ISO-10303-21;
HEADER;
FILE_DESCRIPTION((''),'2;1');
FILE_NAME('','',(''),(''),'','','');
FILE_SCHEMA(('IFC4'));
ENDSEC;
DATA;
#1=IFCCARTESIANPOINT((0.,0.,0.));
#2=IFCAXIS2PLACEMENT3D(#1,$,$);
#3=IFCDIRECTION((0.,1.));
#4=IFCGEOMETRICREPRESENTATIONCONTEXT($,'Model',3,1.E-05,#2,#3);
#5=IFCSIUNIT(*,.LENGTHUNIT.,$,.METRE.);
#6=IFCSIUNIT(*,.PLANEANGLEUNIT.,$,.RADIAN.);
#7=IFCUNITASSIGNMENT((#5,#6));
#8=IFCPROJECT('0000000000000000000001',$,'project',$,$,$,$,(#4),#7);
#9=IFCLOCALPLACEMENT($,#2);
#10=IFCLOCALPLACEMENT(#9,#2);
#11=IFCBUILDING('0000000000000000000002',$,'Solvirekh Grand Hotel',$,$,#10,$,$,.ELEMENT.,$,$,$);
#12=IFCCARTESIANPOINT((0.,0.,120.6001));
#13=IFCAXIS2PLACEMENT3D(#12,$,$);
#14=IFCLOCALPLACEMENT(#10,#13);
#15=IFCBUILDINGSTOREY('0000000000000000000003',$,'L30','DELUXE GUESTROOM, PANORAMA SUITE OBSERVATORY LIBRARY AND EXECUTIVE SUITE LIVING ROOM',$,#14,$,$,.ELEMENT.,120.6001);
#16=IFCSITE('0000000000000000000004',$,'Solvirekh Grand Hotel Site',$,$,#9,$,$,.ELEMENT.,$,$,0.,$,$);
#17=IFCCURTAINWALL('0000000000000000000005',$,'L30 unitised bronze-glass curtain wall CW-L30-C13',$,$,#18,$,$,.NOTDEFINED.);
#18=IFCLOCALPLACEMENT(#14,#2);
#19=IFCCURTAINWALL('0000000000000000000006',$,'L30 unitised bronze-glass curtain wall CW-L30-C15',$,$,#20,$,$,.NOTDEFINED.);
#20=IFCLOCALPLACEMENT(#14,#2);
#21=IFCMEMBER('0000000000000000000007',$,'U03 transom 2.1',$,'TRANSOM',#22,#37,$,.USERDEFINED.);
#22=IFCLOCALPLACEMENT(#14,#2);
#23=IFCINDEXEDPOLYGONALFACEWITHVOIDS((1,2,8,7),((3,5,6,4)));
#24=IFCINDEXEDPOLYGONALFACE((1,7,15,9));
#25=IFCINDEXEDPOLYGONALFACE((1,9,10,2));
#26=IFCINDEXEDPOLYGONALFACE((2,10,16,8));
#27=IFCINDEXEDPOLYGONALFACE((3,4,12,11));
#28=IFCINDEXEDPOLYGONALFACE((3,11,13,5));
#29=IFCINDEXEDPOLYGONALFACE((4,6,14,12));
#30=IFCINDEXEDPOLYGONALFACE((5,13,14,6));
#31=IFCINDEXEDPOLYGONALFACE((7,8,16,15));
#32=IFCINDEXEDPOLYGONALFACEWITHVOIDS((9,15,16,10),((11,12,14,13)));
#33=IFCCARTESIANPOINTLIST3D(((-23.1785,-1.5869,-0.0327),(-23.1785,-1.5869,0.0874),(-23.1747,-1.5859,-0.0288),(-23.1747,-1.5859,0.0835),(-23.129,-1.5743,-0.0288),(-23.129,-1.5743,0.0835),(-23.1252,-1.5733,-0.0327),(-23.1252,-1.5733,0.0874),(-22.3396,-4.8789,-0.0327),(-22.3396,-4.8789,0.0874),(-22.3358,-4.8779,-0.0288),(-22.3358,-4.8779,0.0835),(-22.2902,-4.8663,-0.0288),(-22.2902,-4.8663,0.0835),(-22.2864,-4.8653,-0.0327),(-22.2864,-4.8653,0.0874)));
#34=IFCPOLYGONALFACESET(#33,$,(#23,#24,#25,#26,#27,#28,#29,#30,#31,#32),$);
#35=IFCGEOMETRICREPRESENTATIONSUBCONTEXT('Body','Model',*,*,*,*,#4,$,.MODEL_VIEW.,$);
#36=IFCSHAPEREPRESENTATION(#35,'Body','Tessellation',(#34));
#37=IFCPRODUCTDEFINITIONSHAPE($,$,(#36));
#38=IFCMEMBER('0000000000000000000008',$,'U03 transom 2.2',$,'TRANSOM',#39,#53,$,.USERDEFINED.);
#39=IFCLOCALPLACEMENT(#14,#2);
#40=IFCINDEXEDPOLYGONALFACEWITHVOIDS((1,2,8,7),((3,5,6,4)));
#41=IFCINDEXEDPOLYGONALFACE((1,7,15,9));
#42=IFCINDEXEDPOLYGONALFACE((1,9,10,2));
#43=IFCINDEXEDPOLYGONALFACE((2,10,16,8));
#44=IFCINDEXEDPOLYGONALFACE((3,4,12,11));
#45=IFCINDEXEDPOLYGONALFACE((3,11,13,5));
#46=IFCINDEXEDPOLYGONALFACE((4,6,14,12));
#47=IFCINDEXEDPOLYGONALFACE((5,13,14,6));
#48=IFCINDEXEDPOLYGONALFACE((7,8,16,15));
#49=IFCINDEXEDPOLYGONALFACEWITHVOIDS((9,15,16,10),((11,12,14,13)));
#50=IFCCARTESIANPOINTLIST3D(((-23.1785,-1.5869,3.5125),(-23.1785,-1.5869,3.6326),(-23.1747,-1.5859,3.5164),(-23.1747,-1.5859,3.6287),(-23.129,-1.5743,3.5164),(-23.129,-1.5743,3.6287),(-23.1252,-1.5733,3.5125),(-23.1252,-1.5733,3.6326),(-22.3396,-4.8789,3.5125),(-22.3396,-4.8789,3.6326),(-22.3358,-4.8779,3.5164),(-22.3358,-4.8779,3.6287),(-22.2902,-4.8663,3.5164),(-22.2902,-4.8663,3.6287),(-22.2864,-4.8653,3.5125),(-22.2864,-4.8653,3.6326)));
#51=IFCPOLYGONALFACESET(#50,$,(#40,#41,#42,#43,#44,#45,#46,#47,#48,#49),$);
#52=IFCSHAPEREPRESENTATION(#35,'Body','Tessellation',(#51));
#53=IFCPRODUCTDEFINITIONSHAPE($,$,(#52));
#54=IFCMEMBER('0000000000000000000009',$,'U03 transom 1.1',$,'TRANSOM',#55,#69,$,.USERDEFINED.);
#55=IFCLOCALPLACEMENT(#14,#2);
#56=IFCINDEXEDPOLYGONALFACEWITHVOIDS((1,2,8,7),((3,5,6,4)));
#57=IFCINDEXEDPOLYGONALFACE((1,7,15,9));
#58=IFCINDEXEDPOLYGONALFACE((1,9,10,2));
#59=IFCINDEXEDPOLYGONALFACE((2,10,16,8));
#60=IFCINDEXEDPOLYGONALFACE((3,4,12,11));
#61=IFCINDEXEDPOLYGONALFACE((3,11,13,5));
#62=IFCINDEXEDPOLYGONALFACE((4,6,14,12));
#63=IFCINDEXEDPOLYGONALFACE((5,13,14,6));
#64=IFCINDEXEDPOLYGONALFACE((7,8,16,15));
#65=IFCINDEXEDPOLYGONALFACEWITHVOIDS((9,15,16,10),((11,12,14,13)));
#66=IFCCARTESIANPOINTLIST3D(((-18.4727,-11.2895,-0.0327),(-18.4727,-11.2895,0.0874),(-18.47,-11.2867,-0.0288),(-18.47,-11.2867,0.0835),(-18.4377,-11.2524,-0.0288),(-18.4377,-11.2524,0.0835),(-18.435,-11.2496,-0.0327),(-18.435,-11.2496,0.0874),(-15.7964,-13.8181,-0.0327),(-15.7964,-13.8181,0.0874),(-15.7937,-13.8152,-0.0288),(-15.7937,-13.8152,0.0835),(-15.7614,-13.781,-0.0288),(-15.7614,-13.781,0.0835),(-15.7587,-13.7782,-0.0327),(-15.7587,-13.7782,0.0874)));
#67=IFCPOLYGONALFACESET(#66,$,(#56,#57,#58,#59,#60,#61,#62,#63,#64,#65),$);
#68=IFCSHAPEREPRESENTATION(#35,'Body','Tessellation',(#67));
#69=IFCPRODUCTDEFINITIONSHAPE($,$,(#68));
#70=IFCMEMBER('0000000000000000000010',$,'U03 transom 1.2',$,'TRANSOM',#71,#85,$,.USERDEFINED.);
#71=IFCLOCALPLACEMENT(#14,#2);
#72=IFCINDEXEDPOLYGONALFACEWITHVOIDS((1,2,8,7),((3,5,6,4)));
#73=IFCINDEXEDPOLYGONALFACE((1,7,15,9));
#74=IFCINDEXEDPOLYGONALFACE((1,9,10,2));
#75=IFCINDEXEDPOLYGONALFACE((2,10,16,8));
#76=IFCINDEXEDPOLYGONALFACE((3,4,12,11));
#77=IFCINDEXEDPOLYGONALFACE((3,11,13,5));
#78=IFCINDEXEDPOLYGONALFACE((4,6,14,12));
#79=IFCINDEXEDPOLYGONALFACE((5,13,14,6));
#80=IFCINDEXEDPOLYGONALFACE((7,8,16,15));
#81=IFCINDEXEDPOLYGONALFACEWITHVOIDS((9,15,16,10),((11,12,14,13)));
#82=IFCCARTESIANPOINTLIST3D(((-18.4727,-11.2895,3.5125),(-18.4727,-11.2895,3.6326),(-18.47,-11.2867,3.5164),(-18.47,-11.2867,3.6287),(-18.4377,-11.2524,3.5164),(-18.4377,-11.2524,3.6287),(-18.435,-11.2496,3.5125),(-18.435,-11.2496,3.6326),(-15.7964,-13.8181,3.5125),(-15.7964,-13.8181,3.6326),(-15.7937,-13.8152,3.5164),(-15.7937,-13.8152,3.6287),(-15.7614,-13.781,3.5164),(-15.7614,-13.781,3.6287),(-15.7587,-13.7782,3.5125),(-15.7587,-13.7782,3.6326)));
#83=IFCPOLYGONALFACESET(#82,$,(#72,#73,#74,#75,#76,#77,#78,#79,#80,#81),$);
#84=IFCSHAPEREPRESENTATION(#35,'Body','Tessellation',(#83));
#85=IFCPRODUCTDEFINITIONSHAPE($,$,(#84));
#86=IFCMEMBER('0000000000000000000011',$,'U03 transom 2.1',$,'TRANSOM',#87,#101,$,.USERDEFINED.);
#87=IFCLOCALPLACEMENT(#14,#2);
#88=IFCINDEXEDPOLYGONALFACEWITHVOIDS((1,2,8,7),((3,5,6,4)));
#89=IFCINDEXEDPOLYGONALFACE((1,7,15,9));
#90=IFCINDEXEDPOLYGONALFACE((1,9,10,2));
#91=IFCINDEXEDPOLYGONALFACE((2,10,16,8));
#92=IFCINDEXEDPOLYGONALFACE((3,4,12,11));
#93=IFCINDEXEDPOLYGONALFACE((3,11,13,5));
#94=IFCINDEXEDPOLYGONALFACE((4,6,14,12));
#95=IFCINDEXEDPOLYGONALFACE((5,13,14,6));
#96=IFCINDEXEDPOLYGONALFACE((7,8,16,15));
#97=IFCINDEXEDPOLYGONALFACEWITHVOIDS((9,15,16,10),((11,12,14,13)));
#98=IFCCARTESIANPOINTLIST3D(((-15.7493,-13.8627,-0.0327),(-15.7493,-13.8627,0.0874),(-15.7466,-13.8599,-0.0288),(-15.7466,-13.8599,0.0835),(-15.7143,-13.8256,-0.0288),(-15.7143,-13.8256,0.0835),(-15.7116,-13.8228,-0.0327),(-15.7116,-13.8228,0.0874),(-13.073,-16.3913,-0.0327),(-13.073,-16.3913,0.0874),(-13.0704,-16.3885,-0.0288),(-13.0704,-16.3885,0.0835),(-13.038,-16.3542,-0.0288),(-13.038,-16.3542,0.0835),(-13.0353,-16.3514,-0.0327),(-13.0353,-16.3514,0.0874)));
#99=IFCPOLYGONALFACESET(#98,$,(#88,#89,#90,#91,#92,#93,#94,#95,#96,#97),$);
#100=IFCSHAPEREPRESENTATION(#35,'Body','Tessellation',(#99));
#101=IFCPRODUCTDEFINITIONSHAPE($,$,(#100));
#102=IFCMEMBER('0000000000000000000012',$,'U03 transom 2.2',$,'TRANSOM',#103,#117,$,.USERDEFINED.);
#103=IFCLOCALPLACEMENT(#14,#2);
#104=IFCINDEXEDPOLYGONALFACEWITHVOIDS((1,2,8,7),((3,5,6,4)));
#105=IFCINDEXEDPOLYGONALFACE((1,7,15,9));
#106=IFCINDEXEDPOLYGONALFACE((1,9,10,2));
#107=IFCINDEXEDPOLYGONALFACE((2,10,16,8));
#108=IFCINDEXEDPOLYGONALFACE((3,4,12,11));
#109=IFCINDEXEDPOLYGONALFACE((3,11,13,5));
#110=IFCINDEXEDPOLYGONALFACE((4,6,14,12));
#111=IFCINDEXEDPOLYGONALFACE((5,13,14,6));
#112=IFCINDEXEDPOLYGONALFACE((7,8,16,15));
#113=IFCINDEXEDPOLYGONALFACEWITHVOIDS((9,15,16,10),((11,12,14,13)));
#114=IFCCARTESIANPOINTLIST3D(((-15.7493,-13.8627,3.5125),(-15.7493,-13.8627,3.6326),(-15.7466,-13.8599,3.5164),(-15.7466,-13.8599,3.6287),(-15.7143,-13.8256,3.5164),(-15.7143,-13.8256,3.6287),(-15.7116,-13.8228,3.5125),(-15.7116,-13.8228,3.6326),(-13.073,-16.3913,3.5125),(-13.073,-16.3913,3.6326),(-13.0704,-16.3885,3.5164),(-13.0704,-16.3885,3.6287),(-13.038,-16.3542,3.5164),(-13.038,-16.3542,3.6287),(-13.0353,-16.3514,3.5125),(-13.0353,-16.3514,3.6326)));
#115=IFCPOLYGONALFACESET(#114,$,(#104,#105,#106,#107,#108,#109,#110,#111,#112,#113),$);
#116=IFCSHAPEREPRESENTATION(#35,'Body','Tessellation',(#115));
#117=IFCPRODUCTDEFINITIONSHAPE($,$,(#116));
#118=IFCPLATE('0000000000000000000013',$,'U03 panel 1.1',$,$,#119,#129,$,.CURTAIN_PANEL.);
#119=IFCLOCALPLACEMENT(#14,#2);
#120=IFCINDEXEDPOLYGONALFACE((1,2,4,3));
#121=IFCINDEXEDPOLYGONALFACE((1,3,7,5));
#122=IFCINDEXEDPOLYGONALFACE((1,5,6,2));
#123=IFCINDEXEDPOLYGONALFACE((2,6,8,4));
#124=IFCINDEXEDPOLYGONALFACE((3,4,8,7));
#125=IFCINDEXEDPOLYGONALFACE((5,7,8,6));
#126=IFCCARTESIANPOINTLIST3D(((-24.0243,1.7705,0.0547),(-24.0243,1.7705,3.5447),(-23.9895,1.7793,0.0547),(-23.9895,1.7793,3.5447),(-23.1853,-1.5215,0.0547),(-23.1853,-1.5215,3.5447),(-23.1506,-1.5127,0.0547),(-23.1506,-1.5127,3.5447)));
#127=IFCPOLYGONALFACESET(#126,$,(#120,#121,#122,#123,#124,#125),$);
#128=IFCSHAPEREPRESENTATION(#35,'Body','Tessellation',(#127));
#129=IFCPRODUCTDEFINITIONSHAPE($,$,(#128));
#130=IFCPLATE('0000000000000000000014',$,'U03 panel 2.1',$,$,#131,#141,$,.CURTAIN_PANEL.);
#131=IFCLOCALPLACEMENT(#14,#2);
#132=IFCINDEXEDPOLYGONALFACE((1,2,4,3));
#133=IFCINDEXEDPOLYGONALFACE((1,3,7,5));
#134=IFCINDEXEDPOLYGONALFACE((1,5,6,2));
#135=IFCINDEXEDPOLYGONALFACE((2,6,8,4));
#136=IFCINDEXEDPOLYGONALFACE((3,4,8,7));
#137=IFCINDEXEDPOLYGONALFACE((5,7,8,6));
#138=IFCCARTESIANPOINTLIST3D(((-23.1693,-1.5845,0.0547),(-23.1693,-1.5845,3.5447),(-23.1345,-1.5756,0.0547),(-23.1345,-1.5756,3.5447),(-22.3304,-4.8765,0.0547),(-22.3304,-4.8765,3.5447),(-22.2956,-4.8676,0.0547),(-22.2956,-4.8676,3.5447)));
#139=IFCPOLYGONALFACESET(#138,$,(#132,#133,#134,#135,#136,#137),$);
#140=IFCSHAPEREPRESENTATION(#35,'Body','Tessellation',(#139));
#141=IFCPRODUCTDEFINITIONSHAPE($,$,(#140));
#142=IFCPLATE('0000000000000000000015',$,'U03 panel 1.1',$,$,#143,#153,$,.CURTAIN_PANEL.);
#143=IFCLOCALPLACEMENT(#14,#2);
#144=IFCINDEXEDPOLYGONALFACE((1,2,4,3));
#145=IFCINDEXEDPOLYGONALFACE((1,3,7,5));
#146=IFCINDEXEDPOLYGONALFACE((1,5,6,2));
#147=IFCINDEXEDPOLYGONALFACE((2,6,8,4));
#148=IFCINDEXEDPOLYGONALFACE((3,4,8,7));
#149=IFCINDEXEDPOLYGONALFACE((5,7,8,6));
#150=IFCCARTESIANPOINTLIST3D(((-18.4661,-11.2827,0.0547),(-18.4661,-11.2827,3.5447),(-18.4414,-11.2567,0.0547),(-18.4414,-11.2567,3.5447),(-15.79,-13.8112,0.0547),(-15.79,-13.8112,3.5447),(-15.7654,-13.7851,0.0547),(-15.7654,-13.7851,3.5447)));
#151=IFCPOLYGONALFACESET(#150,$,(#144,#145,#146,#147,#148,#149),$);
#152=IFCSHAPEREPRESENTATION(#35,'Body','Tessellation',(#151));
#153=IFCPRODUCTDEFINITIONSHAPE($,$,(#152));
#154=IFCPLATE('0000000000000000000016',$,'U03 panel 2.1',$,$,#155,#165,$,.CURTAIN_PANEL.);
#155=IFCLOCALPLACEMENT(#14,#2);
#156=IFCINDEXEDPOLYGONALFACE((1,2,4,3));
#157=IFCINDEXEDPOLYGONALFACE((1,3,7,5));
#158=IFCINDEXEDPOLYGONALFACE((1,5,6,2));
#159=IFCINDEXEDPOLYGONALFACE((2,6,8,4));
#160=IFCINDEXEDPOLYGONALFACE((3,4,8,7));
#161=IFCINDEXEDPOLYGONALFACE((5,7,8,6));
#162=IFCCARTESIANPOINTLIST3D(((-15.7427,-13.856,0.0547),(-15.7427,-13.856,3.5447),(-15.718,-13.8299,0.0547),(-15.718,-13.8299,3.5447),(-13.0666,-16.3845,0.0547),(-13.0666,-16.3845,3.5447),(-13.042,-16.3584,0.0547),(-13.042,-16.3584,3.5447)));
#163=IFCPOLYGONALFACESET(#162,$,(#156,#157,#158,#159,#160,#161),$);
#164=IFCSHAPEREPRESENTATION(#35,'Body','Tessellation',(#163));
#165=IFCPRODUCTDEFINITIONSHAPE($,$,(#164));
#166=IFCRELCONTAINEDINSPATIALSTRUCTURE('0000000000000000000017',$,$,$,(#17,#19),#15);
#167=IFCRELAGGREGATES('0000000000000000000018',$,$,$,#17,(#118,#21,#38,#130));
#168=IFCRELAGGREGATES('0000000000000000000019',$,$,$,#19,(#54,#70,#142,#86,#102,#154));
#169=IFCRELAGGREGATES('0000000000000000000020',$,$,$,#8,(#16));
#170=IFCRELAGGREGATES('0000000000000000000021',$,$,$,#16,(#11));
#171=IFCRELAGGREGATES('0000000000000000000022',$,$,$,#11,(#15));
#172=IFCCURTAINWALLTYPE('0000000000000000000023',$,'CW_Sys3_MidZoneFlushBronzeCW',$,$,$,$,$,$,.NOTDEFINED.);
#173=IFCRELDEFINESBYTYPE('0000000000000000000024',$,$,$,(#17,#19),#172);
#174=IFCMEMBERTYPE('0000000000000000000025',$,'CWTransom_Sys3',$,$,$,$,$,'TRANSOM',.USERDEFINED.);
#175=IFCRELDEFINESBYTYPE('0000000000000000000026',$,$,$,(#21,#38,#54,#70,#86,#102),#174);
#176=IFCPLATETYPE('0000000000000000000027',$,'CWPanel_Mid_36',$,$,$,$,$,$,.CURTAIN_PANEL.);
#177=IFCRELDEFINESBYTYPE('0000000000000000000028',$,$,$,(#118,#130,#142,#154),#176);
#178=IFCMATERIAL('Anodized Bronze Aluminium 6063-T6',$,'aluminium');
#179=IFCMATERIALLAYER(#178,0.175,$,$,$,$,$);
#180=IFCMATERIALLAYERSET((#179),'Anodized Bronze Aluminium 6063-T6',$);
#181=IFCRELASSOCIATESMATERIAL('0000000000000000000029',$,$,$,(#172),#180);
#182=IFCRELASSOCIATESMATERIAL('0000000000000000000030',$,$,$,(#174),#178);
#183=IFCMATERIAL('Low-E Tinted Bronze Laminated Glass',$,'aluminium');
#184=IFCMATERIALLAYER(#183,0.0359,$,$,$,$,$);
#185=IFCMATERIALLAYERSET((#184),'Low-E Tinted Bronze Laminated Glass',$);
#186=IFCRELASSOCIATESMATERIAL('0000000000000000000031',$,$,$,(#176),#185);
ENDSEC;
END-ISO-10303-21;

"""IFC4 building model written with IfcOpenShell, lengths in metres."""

from ifc_helpers import new_model, si_unit, direction, frame, origin, origin_2d, place, context, subcontext, project, spatial, rectangle, hollow_rectangle, extrude, source, transform, mapped, material, layer, layer_set, material_profile, profile_set, type_object, element, aggregate, save


model = new_model("IFC4")

# Units and contexts
model_context = context("Model", 3, precision=1e-05, world=origin(), true_north=direction((0.0, 1.0)))
body_context = subcontext(model_context, "Body", "Model", "MODEL_VIEW")
ifc_project = project(units=[si_unit("LENGTHUNIT", "METRE"), si_unit("PLANEANGLEUNIT", "RADIAN")], contexts=[model_context])

# Site, building, storey
site_placement = place(None, origin())
site = spatial("IfcSite", under=ifc_project, at=site_placement, Name="Solvirekh Grand Hotel Site", CompositionType="ELEMENT", RefElevation=0.0)
building_placement = place(site_placement, origin())
building = spatial("IfcBuilding", under=site, at=building_placement, Name="Solvirekh Grand Hotel", CompositionType="ELEMENT")
storey_placement = place(building_placement, frame((0.0, 0.0, 120.6001)))
storey = spatial("IfcBuildingStorey", under=building, at=storey_placement, Name="L30", Description="DELUXE GUESTROOM, PANORAMA SUITE OBSERVATORY LIBRARY AND EXECUTIVE SUITE LIVING ROOM", CompositionType="ELEMENT", Elevation=120.6001)

# Curtain walls
ifc_material_1 = material(Name="Anodized Bronze Aluminium 6063-T6", Category="aluminium")
ifc_layer_1 = layer(ifc_material_1, 0.175)
ifc_layer_set_1 = layer_set([ifc_layer_1], Name="Anodized Bronze Aluminium 6063-T6")
curtain_wall_type = type_object("IfcCurtainWallType", Name="CW_Sys3_MidZoneFlushBronzeCW", PredefinedType="NOTDEFINED", material=ifc_layer_set_1)
curtain_wall_1_placement = place(storey_placement, origin())
curtain_wall_1 = element("IfcCurtainWall", 1, at=curtain_wall_1_placement, inside=storey, type_object=curtain_wall_type, Name="L30 unitised bronze-glass curtain wall CW-L30-C13", PredefinedType="NOTDEFINED")
curtain_wall_2_placement = place(storey_placement, origin())
curtain_wall_2 = element("IfcCurtainWall", 2, at=curtain_wall_2_placement, inside=storey, type_object=curtain_wall_type, Name="L30 unitised bronze-glass curtain wall CW-L30-C15", PredefinedType="NOTDEFINED")

# Members
ifc_material_profile_1 = material_profile(ifc_material_1, hollow_rectangle(XDim=0.0549, YDim=0.1201, WallThickness=0.0039, at=origin_2d()), Name="ALU RHS 120X55X4")
ifc_profile_set_1 = profile_set([ifc_material_profile_1], Name="Anodized Bronze Aluminium 6063-T6")
member_type_1 = type_object("IfcMemberType", Name="CWTransom_Sys3", ElementType="TRANSOM", PredefinedType="USERDEFINED", material=ifc_profile_set_1)
shared_shape_1 = source(origin(), body_context, "Body", "SweptSolid", [
    extrude(hollow_rectangle(XDim=0.0549, YDim=0.1201, WallThickness=0.0039, at=origin_2d()), origin(), (0.0, 0.0, 1.0), 3.3972),
])
member_1_placement = place(storey_placement, frame((-23.1519, -1.5801, 0.0273), z_axis=(0.24693, -0.969033, 0.0), x_axis=(0.969033, 0.24693, 0.0)))
member_1 = element("IfcMember", 3, at=member_1_placement, type_object=member_type_1, Name="U03 transom 2.1", ObjectType="TRANSOM", PredefinedType="USERDEFINED", context=body_context, shape_type="MappedRepresentation", body=[
    mapped(shared_shape_1, transform((0.0, 0.0, 0.0), x_axis=(1.0, 0.0, 0.0), y_axis=(0.0, 1.0, 0.0), z_axis=(0.0, 0.0, 1.0), scale=1.0)),
])
member_2_placement = place(storey_placement, frame((-23.1519, -1.5801, 3.5725), z_axis=(0.24693, -0.969033, 0.0), x_axis=(0.969033, 0.24693, 0.0)))
member_2 = element("IfcMember", 4, at=member_2_placement, type_object=member_type_1, Name="U03 transom 2.2", ObjectType="TRANSOM", PredefinedType="USERDEFINED", context=body_context, shape_type="MappedRepresentation", body=[
    mapped(shared_shape_1, transform((0.0, 0.0, 0.0), x_axis=(1.0, 0.0, 0.0), y_axis=(0.0, 1.0, 0.0), z_axis=(0.0, 0.0, 1.0), scale=1.0)),
])
shared_shape_2 = source(origin(), body_context, "Body", "SweptSolid", [
    extrude(hollow_rectangle(XDim=0.0549, YDim=0.1201, WallThickness=0.0039, at=origin_2d()), origin(), (0.0, 0.0, 1.0), 3.6819),
])
member_3_placement = place(storey_placement, frame((-18.4539, -11.2695, 0.0273), z_axis=(0.726881, -0.686764, 0.0), x_axis=(0.686764, 0.726881, 0.0)))
member_3 = element("IfcMember", 5, at=member_3_placement, type_object=member_type_1, Name="U03 transom 1.1", ObjectType="TRANSOM", PredefinedType="USERDEFINED", context=body_context, shape_type="MappedRepresentation", body=[
    mapped(shared_shape_2, transform((0.0, 0.0, 0.0), x_axis=(1.0, 0.0, 0.0), y_axis=(0.0, 1.0, 0.0), z_axis=(0.0, 0.0, 1.0), scale=1.0)),
])
member_4_placement = place(storey_placement, frame((-18.4539, -11.2695, 3.5725), z_axis=(0.726881, -0.686764, 0.0), x_axis=(0.686764, 0.726881, 0.0)))
member_4 = element("IfcMember", 6, at=member_4_placement, type_object=member_type_1, Name="U03 transom 1.2", ObjectType="TRANSOM", PredefinedType="USERDEFINED", context=body_context, shape_type="MappedRepresentation", body=[
    mapped(shared_shape_2, transform((0.0, 0.0, 0.0), x_axis=(1.0, 0.0, 0.0), y_axis=(0.0, 1.0, 0.0), z_axis=(0.0, 0.0, 1.0), scale=1.0)),
])
member_5_placement = place(storey_placement, frame((-15.7305, -13.8428, 0.0273), z_axis=(0.726881, -0.686764, 0.0), x_axis=(0.686764, 0.726881, 0.0)))
member_5 = element("IfcMember", 7, at=member_5_placement, type_object=member_type_1, Name="U03 transom 2.1", ObjectType="TRANSOM", PredefinedType="USERDEFINED", context=body_context, shape_type="MappedRepresentation", body=[
    mapped(shared_shape_2, transform((0.0, 0.0, 0.0), x_axis=(1.0, 0.0, 0.0), y_axis=(0.0, 1.0, 0.0), z_axis=(0.0, 0.0, 1.0), scale=1.0)),
])
member_6_placement = place(storey_placement, frame((-15.7305, -13.8428, 3.5725), z_axis=(0.726881, -0.686764, 0.0), x_axis=(0.686764, 0.726881, 0.0)))
member_6 = element("IfcMember", 8, at=member_6_placement, type_object=member_type_1, Name="U03 transom 2.2", ObjectType="TRANSOM", PredefinedType="USERDEFINED", context=body_context, shape_type="MappedRepresentation", body=[
    mapped(shared_shape_2, transform((0.0, 0.0, 0.0), x_axis=(1.0, 0.0, 0.0), y_axis=(0.0, 1.0, 0.0), z_axis=(0.0, 0.0, 1.0), scale=1.0)),
])

# Plates
ifc_material_2 = material(Name="Low-E Tinted Bronze Laminated Glass", Category="aluminium")
ifc_layer_2 = layer(ifc_material_2, 0.0359)
ifc_layer_set_2 = layer_set([ifc_layer_2], Name="Low-E Tinted Bronze Laminated Glass")
plate_type = type_object("IfcPlateType", Name="CWPanel_Mid_36", PredefinedType="CURTAIN_PANEL", material=ifc_layer_set_2)
shared_shape_3 = source(origin(), body_context, "Body", "SweptSolid", [
    extrude(rectangle(XDim=3.3972, YDim=0.0359, at=origin_2d()), origin(), (0.0, 0.0, 1.0), 3.49),
])
plate_1_placement = place(storey_placement, frame((-23.5874, 0.1289, 0.0547), z_axis=(0.0, 0.0, 1.0), x_axis=(0.246943, -0.96903, 0.0)))
plate_1 = element("IfcPlate", 9, at=plate_1_placement, type_object=plate_type, Name="U03 panel 1.1", PredefinedType="CURTAIN_PANEL", context=body_context, shape_type="MappedRepresentation", body=[
    mapped(shared_shape_3, transform((0.0, 0.0, 0.0), x_axis=(1.0, 0.0, 0.0), y_axis=(0.0, 1.0, 0.0), z_axis=(0.0, 0.0, 1.0), scale=1.0)),
])
plate_2_placement = place(storey_placement, frame((-22.7324, -3.2261, 0.0547), z_axis=(0.0, 0.0, 1.0), x_axis=(0.246943, -0.96903, 0.0)))
plate_2 = element("IfcPlate", 10, at=plate_2_placement, type_object=plate_type, Name="U03 panel 2.1", PredefinedType="CURTAIN_PANEL", context=body_context, shape_type="MappedRepresentation", body=[
    mapped(shared_shape_3, transform((0.0, 0.0, 0.0), x_axis=(1.0, 0.0, 0.0), y_axis=(0.0, 1.0, 0.0), z_axis=(0.0, 0.0, 1.0), scale=1.0)),
])
aggregate(curtain_wall_1, [plate_1, member_1, member_2, plate_2])
shared_shape_4 = source(origin(), body_context, "Body", "SweptSolid", [
    extrude(rectangle(XDim=3.6816, YDim=0.0359, at=origin_2d()), origin(), (0.0, 0.0, 1.0), 3.49),
])
plate_3_placement = place(storey_placement, frame((-17.1157, -12.5339, 0.0547), z_axis=(0.0, 0.0, 1.0), x_axis=(0.726866, -0.686779, 0.0)))
plate_3 = element("IfcPlate", 11, at=plate_3_placement, type_object=plate_type, Name="U03 panel 1.1", PredefinedType="CURTAIN_PANEL", context=body_context, shape_type="MappedRepresentation", body=[
    mapped(shared_shape_4, transform((0.0, 0.0, 0.0), x_axis=(1.0, 0.0, 0.0), y_axis=(0.0, 1.0, 0.0), z_axis=(0.0, 0.0, 1.0), scale=1.0)),
])
plate_4_placement = place(storey_placement, frame((-14.3923, -15.1072, 0.0547), z_axis=(0.0, 0.0, 1.0), x_axis=(0.726866, -0.686779, 0.0)))
plate_4 = element("IfcPlate", 12, at=plate_4_placement, type_object=plate_type, Name="U03 panel 2.1", PredefinedType="CURTAIN_PANEL", context=body_context, shape_type="MappedRepresentation", body=[
    mapped(shared_shape_4, transform((0.0, 0.0, 0.0), x_axis=(1.0, 0.0, 0.0), y_axis=(0.0, 1.0, 0.0), z_axis=(0.0, 0.0, 1.0), scale=1.0)),
])
aggregate(curtain_wall_2, [member_3, member_4, plate_3, member_5, member_6, plate_4])

save(model, "model.ifc")
